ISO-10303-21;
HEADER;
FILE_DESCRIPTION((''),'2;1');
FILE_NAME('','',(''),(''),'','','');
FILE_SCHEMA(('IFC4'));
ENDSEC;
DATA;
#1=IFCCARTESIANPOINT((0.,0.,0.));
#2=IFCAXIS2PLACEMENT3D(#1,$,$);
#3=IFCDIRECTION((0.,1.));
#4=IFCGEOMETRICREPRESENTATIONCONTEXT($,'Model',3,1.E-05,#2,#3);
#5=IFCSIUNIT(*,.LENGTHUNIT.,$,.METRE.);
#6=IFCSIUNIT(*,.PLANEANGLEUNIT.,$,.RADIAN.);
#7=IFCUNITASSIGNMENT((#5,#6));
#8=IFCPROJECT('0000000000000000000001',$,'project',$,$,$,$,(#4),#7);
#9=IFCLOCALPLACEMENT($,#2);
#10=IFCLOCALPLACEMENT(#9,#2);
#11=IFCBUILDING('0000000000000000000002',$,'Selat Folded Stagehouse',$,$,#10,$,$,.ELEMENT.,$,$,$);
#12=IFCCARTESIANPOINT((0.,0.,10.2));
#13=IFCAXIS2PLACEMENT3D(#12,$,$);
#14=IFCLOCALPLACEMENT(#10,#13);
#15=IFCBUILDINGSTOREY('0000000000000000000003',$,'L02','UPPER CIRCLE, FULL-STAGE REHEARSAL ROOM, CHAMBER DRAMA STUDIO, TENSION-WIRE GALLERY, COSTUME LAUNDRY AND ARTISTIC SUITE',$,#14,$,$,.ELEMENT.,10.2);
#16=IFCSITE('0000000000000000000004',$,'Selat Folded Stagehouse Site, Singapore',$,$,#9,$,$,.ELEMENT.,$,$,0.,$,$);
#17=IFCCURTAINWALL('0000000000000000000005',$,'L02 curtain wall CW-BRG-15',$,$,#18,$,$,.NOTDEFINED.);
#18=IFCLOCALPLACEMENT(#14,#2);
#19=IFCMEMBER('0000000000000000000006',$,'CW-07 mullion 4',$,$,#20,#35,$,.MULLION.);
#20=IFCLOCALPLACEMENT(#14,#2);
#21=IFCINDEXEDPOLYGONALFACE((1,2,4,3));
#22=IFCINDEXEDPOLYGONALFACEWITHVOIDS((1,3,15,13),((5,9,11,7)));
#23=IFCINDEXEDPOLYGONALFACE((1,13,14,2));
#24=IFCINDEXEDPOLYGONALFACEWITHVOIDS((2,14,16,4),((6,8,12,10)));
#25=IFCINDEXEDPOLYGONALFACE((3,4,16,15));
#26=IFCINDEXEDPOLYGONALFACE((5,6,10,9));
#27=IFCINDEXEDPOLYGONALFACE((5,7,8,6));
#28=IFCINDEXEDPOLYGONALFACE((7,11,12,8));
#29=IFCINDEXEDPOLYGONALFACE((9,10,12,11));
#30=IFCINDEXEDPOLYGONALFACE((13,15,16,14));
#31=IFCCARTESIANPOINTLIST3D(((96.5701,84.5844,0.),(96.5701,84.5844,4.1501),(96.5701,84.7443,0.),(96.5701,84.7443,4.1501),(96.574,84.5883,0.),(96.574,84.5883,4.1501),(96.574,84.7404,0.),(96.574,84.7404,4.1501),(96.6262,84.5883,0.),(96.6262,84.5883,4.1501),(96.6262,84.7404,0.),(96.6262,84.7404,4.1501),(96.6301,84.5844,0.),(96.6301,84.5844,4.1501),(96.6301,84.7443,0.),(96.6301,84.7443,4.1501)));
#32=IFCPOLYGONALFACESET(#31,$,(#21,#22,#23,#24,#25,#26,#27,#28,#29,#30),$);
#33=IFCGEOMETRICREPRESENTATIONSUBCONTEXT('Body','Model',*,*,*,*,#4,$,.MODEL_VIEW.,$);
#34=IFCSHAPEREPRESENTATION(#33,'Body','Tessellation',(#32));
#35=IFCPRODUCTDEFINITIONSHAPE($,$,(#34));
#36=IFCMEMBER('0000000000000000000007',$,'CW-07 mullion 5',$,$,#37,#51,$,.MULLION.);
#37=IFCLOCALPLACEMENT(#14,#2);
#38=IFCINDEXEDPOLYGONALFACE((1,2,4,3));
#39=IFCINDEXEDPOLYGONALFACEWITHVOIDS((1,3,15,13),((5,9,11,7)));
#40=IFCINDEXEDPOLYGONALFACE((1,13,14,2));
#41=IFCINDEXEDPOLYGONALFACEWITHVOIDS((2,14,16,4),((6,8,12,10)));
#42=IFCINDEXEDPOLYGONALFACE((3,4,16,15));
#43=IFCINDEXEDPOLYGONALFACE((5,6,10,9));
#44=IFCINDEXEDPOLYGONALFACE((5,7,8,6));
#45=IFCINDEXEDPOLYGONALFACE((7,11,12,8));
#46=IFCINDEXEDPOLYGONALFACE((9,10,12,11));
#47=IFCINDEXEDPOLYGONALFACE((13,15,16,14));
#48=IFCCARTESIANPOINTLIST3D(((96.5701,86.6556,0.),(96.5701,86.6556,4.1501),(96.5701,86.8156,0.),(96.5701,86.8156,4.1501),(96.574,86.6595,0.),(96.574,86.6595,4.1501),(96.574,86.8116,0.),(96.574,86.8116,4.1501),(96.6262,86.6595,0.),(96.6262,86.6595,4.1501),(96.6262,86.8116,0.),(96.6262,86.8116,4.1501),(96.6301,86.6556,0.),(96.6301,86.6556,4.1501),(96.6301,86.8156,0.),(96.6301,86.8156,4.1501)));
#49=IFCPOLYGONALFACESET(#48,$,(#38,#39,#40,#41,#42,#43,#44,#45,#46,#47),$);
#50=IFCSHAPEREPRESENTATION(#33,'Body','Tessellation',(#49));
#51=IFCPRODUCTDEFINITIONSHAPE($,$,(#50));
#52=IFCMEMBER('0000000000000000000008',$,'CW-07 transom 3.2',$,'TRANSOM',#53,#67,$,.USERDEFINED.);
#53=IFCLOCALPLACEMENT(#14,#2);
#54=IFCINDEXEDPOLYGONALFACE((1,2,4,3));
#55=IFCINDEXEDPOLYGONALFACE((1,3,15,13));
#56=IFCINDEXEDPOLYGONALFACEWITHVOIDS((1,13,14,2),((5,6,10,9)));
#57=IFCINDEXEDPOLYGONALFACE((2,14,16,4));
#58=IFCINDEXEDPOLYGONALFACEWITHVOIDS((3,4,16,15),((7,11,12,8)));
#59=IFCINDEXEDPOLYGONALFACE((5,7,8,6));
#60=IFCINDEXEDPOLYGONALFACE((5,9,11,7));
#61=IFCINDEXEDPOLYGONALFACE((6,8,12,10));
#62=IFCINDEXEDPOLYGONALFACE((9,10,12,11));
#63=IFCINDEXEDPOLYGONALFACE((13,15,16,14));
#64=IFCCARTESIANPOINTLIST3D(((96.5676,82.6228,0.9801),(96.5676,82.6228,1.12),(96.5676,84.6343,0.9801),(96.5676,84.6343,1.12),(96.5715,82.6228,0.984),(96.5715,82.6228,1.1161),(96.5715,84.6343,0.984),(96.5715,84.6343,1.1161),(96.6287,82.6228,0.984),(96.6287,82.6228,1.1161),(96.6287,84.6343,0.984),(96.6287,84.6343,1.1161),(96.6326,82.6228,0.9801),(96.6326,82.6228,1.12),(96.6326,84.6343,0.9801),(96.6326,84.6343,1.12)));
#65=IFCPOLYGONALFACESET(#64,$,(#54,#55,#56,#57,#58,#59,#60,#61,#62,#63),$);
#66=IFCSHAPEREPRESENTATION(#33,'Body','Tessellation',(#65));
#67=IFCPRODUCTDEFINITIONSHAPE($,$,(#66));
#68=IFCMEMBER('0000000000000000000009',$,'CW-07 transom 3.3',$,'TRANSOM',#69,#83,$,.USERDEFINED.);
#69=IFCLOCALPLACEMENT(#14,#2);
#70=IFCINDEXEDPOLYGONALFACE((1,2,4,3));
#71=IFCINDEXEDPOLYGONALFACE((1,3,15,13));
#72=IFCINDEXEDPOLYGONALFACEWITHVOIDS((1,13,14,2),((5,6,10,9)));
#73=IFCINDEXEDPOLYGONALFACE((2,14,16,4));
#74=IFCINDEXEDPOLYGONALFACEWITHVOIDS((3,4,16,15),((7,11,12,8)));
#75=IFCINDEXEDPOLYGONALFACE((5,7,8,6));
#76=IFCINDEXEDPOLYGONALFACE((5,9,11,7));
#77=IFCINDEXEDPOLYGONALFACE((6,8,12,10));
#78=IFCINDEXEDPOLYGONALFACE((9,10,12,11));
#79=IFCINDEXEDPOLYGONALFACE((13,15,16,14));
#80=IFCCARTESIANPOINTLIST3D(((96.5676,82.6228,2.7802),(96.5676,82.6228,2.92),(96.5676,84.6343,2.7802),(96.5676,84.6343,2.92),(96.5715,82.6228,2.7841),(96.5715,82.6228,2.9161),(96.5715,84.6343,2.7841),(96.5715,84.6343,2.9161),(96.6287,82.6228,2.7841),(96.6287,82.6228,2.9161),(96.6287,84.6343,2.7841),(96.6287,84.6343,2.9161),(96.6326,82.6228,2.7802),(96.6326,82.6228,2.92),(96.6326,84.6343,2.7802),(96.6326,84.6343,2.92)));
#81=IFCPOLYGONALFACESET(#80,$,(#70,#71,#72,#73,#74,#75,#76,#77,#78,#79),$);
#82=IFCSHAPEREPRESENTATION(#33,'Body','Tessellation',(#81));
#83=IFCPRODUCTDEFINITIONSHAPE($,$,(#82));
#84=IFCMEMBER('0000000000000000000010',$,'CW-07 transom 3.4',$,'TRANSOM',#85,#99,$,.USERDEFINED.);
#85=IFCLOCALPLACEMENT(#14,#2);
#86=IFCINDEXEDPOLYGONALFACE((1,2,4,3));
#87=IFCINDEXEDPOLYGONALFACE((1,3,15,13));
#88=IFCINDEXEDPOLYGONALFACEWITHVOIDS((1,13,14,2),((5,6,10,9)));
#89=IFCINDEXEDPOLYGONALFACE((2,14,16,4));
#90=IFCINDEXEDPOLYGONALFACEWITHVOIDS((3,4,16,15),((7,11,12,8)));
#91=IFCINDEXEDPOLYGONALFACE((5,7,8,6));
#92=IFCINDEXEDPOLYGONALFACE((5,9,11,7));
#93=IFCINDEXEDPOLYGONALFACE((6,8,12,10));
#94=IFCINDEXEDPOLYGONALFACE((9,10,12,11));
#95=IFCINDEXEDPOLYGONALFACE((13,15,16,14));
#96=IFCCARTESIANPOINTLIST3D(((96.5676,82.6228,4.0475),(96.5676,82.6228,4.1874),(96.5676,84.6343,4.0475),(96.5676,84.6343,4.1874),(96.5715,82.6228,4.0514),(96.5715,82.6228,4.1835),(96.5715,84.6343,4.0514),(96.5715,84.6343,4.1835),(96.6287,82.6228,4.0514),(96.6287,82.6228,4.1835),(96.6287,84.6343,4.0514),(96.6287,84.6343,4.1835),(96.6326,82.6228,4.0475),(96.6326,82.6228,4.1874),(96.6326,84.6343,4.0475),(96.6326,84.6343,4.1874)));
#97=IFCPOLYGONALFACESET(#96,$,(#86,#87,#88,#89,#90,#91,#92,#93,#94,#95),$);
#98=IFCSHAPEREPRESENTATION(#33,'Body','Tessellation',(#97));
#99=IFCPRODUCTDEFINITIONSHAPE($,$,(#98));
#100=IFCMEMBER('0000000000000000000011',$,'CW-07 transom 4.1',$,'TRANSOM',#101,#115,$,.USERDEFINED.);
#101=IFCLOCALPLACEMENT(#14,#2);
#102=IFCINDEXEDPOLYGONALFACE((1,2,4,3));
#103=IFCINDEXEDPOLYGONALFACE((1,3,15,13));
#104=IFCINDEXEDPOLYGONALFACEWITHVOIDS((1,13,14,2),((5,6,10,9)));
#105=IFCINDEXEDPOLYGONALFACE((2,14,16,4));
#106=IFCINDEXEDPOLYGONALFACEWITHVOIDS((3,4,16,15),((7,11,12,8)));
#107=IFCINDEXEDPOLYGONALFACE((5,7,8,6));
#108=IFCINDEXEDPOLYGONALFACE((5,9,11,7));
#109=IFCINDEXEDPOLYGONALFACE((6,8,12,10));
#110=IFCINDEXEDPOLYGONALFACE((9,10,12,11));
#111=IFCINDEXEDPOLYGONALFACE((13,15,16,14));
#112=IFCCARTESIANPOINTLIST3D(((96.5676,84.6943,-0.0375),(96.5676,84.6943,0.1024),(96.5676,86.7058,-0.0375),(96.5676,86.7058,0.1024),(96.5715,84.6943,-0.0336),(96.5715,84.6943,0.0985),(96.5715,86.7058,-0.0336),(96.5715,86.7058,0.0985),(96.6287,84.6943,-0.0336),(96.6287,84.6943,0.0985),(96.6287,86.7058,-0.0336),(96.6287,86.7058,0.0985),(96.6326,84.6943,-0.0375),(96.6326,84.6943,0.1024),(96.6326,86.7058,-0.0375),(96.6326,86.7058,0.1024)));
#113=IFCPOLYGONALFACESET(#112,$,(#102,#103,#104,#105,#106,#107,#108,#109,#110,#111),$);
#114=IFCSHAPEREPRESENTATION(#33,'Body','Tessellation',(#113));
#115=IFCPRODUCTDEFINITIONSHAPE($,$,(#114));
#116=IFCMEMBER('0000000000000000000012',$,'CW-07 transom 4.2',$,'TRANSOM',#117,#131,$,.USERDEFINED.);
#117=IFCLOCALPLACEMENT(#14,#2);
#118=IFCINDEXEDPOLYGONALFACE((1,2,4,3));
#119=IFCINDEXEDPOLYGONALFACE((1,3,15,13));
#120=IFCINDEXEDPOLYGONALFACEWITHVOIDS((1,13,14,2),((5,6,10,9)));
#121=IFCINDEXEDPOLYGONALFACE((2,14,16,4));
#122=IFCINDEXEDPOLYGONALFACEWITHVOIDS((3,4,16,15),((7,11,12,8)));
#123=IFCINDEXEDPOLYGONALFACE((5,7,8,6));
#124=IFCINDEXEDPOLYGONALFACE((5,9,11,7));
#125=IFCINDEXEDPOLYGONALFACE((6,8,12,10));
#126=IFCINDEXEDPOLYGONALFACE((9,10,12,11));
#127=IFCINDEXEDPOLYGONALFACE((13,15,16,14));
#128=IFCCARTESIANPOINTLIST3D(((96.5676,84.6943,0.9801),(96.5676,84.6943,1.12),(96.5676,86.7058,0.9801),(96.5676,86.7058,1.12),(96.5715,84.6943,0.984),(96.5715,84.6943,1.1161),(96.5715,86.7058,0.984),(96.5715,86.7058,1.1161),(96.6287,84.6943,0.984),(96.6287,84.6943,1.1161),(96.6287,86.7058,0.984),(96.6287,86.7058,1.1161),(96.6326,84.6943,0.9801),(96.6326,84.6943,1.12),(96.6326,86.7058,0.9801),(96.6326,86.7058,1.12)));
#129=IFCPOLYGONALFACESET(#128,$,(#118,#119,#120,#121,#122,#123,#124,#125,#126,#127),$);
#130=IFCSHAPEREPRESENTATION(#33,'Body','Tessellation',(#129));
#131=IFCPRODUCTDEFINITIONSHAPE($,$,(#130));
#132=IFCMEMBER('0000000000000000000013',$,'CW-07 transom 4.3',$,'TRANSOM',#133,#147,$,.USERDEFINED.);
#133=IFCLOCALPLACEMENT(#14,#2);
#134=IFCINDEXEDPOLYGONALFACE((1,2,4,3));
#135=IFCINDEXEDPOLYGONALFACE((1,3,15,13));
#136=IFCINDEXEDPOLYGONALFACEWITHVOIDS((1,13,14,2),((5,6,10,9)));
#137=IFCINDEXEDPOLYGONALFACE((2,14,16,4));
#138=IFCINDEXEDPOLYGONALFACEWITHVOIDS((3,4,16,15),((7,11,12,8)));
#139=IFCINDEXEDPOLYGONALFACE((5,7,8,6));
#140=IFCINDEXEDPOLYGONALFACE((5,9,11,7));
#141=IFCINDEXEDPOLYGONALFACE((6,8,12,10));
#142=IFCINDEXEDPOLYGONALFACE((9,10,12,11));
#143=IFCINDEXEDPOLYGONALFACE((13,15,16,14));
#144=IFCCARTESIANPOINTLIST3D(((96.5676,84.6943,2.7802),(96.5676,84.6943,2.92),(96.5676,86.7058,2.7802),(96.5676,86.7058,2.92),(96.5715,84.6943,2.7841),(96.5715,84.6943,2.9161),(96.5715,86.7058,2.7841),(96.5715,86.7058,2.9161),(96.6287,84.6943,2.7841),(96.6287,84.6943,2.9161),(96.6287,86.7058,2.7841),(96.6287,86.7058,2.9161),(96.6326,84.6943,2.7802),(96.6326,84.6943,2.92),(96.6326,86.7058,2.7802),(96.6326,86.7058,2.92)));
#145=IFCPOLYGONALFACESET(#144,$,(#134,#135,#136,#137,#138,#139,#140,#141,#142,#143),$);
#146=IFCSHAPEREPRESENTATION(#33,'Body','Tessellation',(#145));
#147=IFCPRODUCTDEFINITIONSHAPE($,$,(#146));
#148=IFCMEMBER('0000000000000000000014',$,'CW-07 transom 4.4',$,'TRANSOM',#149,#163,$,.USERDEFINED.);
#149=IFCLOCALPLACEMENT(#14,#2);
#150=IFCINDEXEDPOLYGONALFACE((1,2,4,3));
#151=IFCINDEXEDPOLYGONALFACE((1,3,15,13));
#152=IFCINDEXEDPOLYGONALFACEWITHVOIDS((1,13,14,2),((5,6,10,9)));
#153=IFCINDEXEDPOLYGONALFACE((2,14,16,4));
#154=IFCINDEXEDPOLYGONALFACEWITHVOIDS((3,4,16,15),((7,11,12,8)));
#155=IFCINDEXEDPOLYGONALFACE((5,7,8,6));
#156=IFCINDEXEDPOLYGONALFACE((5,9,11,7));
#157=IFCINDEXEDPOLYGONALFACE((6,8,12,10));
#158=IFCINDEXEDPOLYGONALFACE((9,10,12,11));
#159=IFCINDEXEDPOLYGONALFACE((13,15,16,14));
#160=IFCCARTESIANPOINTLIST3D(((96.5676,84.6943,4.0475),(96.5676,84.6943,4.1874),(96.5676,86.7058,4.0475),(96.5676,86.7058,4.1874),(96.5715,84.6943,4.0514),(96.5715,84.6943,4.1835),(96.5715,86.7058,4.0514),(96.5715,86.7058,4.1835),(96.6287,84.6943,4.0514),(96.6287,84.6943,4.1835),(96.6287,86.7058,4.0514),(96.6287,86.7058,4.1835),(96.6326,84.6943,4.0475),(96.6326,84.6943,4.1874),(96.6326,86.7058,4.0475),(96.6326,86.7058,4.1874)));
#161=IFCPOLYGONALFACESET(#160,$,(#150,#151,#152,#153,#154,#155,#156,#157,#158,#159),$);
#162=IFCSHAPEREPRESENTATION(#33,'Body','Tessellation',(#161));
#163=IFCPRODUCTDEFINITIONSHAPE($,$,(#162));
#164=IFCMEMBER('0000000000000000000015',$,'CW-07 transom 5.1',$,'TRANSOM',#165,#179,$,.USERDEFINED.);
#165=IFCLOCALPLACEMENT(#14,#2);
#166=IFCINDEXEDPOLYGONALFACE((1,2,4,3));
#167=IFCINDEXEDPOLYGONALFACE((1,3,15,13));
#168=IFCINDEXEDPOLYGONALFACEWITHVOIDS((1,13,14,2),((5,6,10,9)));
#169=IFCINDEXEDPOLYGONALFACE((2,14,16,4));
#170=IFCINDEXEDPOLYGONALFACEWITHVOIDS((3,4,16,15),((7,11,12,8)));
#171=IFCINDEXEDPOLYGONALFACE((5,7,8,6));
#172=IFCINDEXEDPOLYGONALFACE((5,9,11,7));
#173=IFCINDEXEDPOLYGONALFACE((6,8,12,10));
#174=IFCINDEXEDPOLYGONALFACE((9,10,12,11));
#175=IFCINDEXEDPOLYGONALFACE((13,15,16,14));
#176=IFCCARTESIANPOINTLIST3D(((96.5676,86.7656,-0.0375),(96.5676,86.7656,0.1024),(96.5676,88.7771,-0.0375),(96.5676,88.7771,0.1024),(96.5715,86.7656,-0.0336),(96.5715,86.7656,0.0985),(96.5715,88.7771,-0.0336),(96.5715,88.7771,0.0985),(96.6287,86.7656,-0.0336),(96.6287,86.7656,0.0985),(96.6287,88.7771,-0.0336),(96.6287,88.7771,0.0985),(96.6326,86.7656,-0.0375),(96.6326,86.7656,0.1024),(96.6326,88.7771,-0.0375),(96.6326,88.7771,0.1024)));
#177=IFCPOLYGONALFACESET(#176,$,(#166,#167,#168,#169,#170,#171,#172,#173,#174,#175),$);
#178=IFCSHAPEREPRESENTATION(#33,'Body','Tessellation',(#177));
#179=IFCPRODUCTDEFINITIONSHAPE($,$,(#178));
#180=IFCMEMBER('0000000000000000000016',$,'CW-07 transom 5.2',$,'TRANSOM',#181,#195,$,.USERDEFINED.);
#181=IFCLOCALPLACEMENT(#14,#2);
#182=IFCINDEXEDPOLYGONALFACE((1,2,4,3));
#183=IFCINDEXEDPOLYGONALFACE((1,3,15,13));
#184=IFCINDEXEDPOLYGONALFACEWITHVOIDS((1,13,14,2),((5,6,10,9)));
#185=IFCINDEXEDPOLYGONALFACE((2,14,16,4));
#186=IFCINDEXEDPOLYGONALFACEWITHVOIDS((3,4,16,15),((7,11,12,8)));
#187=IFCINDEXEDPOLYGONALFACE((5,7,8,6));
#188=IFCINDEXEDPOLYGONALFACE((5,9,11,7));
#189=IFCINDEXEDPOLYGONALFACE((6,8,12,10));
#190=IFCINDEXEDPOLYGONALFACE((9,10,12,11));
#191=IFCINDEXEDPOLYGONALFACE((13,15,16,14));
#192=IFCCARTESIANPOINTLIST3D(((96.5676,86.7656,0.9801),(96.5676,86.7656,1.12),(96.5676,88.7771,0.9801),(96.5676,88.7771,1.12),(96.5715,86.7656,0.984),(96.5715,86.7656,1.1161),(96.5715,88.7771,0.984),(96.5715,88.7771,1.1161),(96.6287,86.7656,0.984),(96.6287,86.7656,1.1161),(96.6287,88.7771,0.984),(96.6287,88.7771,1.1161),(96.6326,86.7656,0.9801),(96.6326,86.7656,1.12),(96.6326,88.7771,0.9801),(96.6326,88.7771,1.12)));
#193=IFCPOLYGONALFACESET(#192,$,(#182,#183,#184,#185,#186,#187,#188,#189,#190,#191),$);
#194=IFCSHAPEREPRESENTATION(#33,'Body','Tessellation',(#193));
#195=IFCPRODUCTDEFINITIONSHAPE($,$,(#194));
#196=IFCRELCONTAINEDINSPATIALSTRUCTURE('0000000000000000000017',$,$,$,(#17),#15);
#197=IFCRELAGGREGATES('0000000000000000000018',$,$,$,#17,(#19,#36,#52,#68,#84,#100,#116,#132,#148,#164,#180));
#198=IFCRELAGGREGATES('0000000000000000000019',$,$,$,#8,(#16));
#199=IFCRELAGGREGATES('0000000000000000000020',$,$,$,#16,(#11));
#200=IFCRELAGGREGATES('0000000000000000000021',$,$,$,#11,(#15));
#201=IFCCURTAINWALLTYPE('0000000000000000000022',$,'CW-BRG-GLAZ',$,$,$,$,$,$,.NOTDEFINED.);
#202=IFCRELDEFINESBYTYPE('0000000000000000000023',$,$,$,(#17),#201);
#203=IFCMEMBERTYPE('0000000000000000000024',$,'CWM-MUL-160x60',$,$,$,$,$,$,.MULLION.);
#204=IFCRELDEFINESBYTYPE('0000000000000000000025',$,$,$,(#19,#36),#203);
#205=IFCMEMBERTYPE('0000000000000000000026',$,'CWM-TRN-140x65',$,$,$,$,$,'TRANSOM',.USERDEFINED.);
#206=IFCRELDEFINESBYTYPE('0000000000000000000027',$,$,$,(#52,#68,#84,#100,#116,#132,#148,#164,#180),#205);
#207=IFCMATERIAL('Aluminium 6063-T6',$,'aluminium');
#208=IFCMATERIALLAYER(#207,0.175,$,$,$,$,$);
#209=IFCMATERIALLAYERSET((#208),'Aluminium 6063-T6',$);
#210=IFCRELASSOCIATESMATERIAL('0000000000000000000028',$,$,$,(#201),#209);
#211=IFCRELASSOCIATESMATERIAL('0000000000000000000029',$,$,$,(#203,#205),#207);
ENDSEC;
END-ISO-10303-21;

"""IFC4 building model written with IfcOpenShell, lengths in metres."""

from ifc_helpers import new_model, si_unit, direction, frame, origin, origin_2d, place, context, subcontext, project, spatial, hollow_rectangle, extrude, material, layer, layer_set, material_profile, profile_set, type_object, element, aggregate, save


model = new_model("IFC4")

# Units and contexts
model_context = context("Model", 3, precision=1e-05, world=origin(), true_north=direction((0.0, 1.0)))
body_context = subcontext(model_context, "Body", "Model", "MODEL_VIEW")
ifc_project = project(units=[si_unit("LENGTHUNIT", "METRE"), si_unit("PLANEANGLEUNIT", "RADIAN")], contexts=[model_context])

# Site, building, storey
site_placement = place(None, origin())
site = spatial("IfcSite", under=ifc_project, at=site_placement, Name="Selat Folded Stagehouse Site, Singapore", CompositionType="ELEMENT", RefElevation=0.0)
building_placement = place(site_placement, origin())
building = spatial("IfcBuilding", under=site, at=building_placement, Name="Selat Folded Stagehouse", CompositionType="ELEMENT")
storey_placement = place(building_placement, frame((0.0, 0.0, 10.2)))
storey = spatial("IfcBuildingStorey", under=building, at=storey_placement, Name="L02", Description="UPPER CIRCLE, FULL-STAGE REHEARSAL ROOM, CHAMBER DRAMA STUDIO, TENSION-WIRE GALLERY, COSTUME LAUNDRY AND ARTISTIC SUITE", CompositionType="ELEMENT", Elevation=10.2)

# Curtain wall, members
ifc_material_1 = material(Name="Aluminium 6063-T6", Category="aluminium")
ifc_layer_1 = layer(ifc_material_1, 0.175)
ifc_layer_set_1 = layer_set([ifc_layer_1], Name="Aluminium 6063-T6")
curtain_wall_type = type_object("IfcCurtainWallType", Name="CW-BRG-GLAZ", PredefinedType="NOTDEFINED", material=ifc_layer_set_1)
curtain_wall_placement = place(storey_placement, origin())
curtain_wall = element("IfcCurtainWall", 1, at=curtain_wall_placement, inside=storey, type_object=curtain_wall_type, Name="L02 curtain wall CW-BRG-15", PredefinedType="NOTDEFINED")
ifc_material_profile_1 = material_profile(ifc_material_1, hollow_rectangle(XDim=0.0601, YDim=0.1599, WallThickness=0.0039, at=origin_2d()), Name="ALU 160x60x4.0")
ifc_profile_set_1 = profile_set([ifc_material_profile_1], Name="Aluminium 6063-T6")
member_type_1 = type_object("IfcMemberType", Name="CWM-MUL-160x60", PredefinedType="MULLION", material=ifc_profile_set_1)
member_1_placement = place(storey_placement, frame((96.6001, 84.6643, 0.0), z_axis=(0.0, 0.0, 1.0), x_axis=(-1.0, 0.0, 0.0)))
member_1 = element("IfcMember", 2, at=member_1_placement, type_object=member_type_1, Name="CW-07 mullion 4", PredefinedType="MULLION", context=body_context, shape_type="SweptSolid", body=[
    extrude(hollow_rectangle(XDim=0.0601, YDim=0.1599, WallThickness=0.0039, at=origin_2d()), origin(), (0.0, 0.0, 1.0), 4.1501),
])
member_2_placement = place(storey_placement, frame((96.6001, 86.7356, 0.0), z_axis=(0.0, 0.0, 1.0), x_axis=(-1.0, 0.0, 0.0)))
member_2 = element("IfcMember", 3, at=member_2_placement, type_object=member_type_1, Name="CW-07 mullion 5", PredefinedType="MULLION", context=body_context, shape_type="SweptSolid", body=[
    extrude(hollow_rectangle(XDim=0.0601, YDim=0.1599, WallThickness=0.0039, at=origin_2d()), origin(), (0.0, 0.0, 1.0), 4.1501),
])
ifc_material_profile_2 = material_profile(ifc_material_1, hollow_rectangle(XDim=0.0649, YDim=0.1399, WallThickness=0.0039, at=origin_2d()), Name="ALU 140x65x4.0")
ifc_profile_set_2 = profile_set([ifc_material_profile_2], Name="Aluminium 6063-T6")
member_type_2 = type_object("IfcMemberType", Name="CWM-TRN-140x65", ElementType="TRANSOM", PredefinedType="USERDEFINED", material=ifc_profile_set_2)
member_3_placement = place(storey_placement, frame((96.6001, 82.6228, 1.05), z_axis=(0.0, 1.0, 0.0), x_axis=(-1.0, 0.0, 0.0)))
member_3 = element("IfcMember", 4, at=member_3_placement, type_object=member_type_2, Name="CW-07 transom 3.2", ObjectType="TRANSOM", PredefinedType="USERDEFINED", context=body_context, shape_type="SweptSolid", body=[
    extrude(hollow_rectangle(XDim=0.0649, YDim=0.1399, WallThickness=0.0039, at=origin_2d()), origin(), (0.0, 0.0, 1.0), 2.0115),
])
member_4_placement = place(storey_placement, frame((96.6001, 82.6228, 2.8501), z_axis=(0.0, 1.0, 0.0), x_axis=(-1.0, 0.0, 0.0)))
member_4 = element("IfcMember", 5, at=member_4_placement, type_object=member_type_2, Name="CW-07 transom 3.3", ObjectType="TRANSOM", PredefinedType="USERDEFINED", context=body_context, shape_type="SweptSolid", body=[
    extrude(hollow_rectangle(XDim=0.0649, YDim=0.1399, WallThickness=0.0039, at=origin_2d()), origin(), (0.0, 0.0, 1.0), 2.0115),
])
member_5_placement = place(storey_placement, frame((96.6001, 82.6228, 4.1174), z_axis=(0.0, 1.0, 0.0), x_axis=(-1.0, 0.0, 0.0)))
member_5 = element("IfcMember", 6, at=member_5_placement, type_object=member_type_2, Name="CW-07 transom 3.4", ObjectType="TRANSOM", PredefinedType="USERDEFINED", context=body_context, shape_type="SweptSolid", body=[
    extrude(hollow_rectangle(XDim=0.0649, YDim=0.1399, WallThickness=0.0039, at=origin_2d()), origin(), (0.0, 0.0, 1.0), 2.0115),
])
member_6_placement = place(storey_placement, frame((96.6001, 84.6943, 0.0325), z_axis=(0.0, 1.0, 0.0), x_axis=(-1.0, 0.0, 0.0)))
member_6 = element("IfcMember", 7, at=member_6_placement, type_object=member_type_2, Name="CW-07 transom 4.1", ObjectType="TRANSOM", PredefinedType="USERDEFINED", context=body_context, shape_type="SweptSolid", body=[
    extrude(hollow_rectangle(XDim=0.0649, YDim=0.1399, WallThickness=0.0039, at=origin_2d()), origin(), (0.0, 0.0, 1.0), 2.0115),
])
member_7_placement = place(storey_placement, frame((96.6001, 84.6943, 1.05), z_axis=(0.0, 1.0, 0.0), x_axis=(-1.0, 0.0, 0.0)))
member_7 = element("IfcMember", 8, at=member_7_placement, type_object=member_type_2, Name="CW-07 transom 4.2", ObjectType="TRANSOM", PredefinedType="USERDEFINED", context=body_context, shape_type="SweptSolid", body=[
    extrude(hollow_rectangle(XDim=0.0649, YDim=0.1399, WallThickness=0.0039, at=origin_2d()), origin(), (0.0, 0.0, 1.0), 2.0115),
])
member_8_placement = place(storey_placement, frame((96.6001, 84.6943, 2.8501), z_axis=(0.0, 1.0, 0.0), x_axis=(-1.0, 0.0, 0.0)))
member_8 = element("IfcMember", 9, at=member_8_placement, type_object=member_type_2, Name="CW-07 transom 4.3", ObjectType="TRANSOM", PredefinedType="USERDEFINED", context=body_context, shape_type="SweptSolid", body=[
    extrude(hollow_rectangle(XDim=0.0649, YDim=0.1399, WallThickness=0.0039, at=origin_2d()), origin(), (0.0, 0.0, 1.0), 2.0115),
])
member_9_placement = place(storey_placement, frame((96.6001, 84.6943, 4.1174), z_axis=(0.0, 1.0, 0.0), x_axis=(-1.0, 0.0, 0.0)))
member_9 = element("IfcMember", 10, at=member_9_placement, type_object=member_type_2, Name="CW-07 transom 4.4", ObjectType="TRANSOM", PredefinedType="USERDEFINED", context=body_context, shape_type="SweptSolid", body=[
    extrude(hollow_rectangle(XDim=0.0649, YDim=0.1399, WallThickness=0.0039, at=origin_2d()), origin(), (0.0, 0.0, 1.0), 2.0115),
])
member_10_placement = place(storey_placement, frame((96.6001, 86.7656, 0.0325), z_axis=(0.0, 1.0, 0.0), x_axis=(-1.0, 0.0, 0.0)))
member_10 = element("IfcMember", 11, at=member_10_placement, type_object=member_type_2, Name="CW-07 transom 5.1", ObjectType="TRANSOM", PredefinedType="USERDEFINED", context=body_context, shape_type="SweptSolid", body=[
    extrude(hollow_rectangle(XDim=0.0649, YDim=0.1399, WallThickness=0.0039, at=origin_2d()), origin(), (0.0, 0.0, 1.0), 2.0115),
])
member_11_placement = place(storey_placement, frame((96.6001, 86.7656, 1.05), z_axis=(0.0, 1.0, 0.0), x_axis=(-1.0, 0.0, 0.0)))
member_11 = element("IfcMember", 12, at=member_11_placement, type_object=member_type_2, Name="CW-07 transom 5.2", ObjectType="TRANSOM", PredefinedType="USERDEFINED", context=body_context, shape_type="SweptSolid", body=[
    extrude(hollow_rectangle(XDim=0.0649, YDim=0.1399, WallThickness=0.0039, at=origin_2d()), origin(), (0.0, 0.0, 1.0), 2.0115),
])
aggregate(curtain_wall, [member_1, member_2, member_3, member_4, member_5, member_6, member_7, member_8, member_9, member_10, member_11])

save(model, "model.ifc")
